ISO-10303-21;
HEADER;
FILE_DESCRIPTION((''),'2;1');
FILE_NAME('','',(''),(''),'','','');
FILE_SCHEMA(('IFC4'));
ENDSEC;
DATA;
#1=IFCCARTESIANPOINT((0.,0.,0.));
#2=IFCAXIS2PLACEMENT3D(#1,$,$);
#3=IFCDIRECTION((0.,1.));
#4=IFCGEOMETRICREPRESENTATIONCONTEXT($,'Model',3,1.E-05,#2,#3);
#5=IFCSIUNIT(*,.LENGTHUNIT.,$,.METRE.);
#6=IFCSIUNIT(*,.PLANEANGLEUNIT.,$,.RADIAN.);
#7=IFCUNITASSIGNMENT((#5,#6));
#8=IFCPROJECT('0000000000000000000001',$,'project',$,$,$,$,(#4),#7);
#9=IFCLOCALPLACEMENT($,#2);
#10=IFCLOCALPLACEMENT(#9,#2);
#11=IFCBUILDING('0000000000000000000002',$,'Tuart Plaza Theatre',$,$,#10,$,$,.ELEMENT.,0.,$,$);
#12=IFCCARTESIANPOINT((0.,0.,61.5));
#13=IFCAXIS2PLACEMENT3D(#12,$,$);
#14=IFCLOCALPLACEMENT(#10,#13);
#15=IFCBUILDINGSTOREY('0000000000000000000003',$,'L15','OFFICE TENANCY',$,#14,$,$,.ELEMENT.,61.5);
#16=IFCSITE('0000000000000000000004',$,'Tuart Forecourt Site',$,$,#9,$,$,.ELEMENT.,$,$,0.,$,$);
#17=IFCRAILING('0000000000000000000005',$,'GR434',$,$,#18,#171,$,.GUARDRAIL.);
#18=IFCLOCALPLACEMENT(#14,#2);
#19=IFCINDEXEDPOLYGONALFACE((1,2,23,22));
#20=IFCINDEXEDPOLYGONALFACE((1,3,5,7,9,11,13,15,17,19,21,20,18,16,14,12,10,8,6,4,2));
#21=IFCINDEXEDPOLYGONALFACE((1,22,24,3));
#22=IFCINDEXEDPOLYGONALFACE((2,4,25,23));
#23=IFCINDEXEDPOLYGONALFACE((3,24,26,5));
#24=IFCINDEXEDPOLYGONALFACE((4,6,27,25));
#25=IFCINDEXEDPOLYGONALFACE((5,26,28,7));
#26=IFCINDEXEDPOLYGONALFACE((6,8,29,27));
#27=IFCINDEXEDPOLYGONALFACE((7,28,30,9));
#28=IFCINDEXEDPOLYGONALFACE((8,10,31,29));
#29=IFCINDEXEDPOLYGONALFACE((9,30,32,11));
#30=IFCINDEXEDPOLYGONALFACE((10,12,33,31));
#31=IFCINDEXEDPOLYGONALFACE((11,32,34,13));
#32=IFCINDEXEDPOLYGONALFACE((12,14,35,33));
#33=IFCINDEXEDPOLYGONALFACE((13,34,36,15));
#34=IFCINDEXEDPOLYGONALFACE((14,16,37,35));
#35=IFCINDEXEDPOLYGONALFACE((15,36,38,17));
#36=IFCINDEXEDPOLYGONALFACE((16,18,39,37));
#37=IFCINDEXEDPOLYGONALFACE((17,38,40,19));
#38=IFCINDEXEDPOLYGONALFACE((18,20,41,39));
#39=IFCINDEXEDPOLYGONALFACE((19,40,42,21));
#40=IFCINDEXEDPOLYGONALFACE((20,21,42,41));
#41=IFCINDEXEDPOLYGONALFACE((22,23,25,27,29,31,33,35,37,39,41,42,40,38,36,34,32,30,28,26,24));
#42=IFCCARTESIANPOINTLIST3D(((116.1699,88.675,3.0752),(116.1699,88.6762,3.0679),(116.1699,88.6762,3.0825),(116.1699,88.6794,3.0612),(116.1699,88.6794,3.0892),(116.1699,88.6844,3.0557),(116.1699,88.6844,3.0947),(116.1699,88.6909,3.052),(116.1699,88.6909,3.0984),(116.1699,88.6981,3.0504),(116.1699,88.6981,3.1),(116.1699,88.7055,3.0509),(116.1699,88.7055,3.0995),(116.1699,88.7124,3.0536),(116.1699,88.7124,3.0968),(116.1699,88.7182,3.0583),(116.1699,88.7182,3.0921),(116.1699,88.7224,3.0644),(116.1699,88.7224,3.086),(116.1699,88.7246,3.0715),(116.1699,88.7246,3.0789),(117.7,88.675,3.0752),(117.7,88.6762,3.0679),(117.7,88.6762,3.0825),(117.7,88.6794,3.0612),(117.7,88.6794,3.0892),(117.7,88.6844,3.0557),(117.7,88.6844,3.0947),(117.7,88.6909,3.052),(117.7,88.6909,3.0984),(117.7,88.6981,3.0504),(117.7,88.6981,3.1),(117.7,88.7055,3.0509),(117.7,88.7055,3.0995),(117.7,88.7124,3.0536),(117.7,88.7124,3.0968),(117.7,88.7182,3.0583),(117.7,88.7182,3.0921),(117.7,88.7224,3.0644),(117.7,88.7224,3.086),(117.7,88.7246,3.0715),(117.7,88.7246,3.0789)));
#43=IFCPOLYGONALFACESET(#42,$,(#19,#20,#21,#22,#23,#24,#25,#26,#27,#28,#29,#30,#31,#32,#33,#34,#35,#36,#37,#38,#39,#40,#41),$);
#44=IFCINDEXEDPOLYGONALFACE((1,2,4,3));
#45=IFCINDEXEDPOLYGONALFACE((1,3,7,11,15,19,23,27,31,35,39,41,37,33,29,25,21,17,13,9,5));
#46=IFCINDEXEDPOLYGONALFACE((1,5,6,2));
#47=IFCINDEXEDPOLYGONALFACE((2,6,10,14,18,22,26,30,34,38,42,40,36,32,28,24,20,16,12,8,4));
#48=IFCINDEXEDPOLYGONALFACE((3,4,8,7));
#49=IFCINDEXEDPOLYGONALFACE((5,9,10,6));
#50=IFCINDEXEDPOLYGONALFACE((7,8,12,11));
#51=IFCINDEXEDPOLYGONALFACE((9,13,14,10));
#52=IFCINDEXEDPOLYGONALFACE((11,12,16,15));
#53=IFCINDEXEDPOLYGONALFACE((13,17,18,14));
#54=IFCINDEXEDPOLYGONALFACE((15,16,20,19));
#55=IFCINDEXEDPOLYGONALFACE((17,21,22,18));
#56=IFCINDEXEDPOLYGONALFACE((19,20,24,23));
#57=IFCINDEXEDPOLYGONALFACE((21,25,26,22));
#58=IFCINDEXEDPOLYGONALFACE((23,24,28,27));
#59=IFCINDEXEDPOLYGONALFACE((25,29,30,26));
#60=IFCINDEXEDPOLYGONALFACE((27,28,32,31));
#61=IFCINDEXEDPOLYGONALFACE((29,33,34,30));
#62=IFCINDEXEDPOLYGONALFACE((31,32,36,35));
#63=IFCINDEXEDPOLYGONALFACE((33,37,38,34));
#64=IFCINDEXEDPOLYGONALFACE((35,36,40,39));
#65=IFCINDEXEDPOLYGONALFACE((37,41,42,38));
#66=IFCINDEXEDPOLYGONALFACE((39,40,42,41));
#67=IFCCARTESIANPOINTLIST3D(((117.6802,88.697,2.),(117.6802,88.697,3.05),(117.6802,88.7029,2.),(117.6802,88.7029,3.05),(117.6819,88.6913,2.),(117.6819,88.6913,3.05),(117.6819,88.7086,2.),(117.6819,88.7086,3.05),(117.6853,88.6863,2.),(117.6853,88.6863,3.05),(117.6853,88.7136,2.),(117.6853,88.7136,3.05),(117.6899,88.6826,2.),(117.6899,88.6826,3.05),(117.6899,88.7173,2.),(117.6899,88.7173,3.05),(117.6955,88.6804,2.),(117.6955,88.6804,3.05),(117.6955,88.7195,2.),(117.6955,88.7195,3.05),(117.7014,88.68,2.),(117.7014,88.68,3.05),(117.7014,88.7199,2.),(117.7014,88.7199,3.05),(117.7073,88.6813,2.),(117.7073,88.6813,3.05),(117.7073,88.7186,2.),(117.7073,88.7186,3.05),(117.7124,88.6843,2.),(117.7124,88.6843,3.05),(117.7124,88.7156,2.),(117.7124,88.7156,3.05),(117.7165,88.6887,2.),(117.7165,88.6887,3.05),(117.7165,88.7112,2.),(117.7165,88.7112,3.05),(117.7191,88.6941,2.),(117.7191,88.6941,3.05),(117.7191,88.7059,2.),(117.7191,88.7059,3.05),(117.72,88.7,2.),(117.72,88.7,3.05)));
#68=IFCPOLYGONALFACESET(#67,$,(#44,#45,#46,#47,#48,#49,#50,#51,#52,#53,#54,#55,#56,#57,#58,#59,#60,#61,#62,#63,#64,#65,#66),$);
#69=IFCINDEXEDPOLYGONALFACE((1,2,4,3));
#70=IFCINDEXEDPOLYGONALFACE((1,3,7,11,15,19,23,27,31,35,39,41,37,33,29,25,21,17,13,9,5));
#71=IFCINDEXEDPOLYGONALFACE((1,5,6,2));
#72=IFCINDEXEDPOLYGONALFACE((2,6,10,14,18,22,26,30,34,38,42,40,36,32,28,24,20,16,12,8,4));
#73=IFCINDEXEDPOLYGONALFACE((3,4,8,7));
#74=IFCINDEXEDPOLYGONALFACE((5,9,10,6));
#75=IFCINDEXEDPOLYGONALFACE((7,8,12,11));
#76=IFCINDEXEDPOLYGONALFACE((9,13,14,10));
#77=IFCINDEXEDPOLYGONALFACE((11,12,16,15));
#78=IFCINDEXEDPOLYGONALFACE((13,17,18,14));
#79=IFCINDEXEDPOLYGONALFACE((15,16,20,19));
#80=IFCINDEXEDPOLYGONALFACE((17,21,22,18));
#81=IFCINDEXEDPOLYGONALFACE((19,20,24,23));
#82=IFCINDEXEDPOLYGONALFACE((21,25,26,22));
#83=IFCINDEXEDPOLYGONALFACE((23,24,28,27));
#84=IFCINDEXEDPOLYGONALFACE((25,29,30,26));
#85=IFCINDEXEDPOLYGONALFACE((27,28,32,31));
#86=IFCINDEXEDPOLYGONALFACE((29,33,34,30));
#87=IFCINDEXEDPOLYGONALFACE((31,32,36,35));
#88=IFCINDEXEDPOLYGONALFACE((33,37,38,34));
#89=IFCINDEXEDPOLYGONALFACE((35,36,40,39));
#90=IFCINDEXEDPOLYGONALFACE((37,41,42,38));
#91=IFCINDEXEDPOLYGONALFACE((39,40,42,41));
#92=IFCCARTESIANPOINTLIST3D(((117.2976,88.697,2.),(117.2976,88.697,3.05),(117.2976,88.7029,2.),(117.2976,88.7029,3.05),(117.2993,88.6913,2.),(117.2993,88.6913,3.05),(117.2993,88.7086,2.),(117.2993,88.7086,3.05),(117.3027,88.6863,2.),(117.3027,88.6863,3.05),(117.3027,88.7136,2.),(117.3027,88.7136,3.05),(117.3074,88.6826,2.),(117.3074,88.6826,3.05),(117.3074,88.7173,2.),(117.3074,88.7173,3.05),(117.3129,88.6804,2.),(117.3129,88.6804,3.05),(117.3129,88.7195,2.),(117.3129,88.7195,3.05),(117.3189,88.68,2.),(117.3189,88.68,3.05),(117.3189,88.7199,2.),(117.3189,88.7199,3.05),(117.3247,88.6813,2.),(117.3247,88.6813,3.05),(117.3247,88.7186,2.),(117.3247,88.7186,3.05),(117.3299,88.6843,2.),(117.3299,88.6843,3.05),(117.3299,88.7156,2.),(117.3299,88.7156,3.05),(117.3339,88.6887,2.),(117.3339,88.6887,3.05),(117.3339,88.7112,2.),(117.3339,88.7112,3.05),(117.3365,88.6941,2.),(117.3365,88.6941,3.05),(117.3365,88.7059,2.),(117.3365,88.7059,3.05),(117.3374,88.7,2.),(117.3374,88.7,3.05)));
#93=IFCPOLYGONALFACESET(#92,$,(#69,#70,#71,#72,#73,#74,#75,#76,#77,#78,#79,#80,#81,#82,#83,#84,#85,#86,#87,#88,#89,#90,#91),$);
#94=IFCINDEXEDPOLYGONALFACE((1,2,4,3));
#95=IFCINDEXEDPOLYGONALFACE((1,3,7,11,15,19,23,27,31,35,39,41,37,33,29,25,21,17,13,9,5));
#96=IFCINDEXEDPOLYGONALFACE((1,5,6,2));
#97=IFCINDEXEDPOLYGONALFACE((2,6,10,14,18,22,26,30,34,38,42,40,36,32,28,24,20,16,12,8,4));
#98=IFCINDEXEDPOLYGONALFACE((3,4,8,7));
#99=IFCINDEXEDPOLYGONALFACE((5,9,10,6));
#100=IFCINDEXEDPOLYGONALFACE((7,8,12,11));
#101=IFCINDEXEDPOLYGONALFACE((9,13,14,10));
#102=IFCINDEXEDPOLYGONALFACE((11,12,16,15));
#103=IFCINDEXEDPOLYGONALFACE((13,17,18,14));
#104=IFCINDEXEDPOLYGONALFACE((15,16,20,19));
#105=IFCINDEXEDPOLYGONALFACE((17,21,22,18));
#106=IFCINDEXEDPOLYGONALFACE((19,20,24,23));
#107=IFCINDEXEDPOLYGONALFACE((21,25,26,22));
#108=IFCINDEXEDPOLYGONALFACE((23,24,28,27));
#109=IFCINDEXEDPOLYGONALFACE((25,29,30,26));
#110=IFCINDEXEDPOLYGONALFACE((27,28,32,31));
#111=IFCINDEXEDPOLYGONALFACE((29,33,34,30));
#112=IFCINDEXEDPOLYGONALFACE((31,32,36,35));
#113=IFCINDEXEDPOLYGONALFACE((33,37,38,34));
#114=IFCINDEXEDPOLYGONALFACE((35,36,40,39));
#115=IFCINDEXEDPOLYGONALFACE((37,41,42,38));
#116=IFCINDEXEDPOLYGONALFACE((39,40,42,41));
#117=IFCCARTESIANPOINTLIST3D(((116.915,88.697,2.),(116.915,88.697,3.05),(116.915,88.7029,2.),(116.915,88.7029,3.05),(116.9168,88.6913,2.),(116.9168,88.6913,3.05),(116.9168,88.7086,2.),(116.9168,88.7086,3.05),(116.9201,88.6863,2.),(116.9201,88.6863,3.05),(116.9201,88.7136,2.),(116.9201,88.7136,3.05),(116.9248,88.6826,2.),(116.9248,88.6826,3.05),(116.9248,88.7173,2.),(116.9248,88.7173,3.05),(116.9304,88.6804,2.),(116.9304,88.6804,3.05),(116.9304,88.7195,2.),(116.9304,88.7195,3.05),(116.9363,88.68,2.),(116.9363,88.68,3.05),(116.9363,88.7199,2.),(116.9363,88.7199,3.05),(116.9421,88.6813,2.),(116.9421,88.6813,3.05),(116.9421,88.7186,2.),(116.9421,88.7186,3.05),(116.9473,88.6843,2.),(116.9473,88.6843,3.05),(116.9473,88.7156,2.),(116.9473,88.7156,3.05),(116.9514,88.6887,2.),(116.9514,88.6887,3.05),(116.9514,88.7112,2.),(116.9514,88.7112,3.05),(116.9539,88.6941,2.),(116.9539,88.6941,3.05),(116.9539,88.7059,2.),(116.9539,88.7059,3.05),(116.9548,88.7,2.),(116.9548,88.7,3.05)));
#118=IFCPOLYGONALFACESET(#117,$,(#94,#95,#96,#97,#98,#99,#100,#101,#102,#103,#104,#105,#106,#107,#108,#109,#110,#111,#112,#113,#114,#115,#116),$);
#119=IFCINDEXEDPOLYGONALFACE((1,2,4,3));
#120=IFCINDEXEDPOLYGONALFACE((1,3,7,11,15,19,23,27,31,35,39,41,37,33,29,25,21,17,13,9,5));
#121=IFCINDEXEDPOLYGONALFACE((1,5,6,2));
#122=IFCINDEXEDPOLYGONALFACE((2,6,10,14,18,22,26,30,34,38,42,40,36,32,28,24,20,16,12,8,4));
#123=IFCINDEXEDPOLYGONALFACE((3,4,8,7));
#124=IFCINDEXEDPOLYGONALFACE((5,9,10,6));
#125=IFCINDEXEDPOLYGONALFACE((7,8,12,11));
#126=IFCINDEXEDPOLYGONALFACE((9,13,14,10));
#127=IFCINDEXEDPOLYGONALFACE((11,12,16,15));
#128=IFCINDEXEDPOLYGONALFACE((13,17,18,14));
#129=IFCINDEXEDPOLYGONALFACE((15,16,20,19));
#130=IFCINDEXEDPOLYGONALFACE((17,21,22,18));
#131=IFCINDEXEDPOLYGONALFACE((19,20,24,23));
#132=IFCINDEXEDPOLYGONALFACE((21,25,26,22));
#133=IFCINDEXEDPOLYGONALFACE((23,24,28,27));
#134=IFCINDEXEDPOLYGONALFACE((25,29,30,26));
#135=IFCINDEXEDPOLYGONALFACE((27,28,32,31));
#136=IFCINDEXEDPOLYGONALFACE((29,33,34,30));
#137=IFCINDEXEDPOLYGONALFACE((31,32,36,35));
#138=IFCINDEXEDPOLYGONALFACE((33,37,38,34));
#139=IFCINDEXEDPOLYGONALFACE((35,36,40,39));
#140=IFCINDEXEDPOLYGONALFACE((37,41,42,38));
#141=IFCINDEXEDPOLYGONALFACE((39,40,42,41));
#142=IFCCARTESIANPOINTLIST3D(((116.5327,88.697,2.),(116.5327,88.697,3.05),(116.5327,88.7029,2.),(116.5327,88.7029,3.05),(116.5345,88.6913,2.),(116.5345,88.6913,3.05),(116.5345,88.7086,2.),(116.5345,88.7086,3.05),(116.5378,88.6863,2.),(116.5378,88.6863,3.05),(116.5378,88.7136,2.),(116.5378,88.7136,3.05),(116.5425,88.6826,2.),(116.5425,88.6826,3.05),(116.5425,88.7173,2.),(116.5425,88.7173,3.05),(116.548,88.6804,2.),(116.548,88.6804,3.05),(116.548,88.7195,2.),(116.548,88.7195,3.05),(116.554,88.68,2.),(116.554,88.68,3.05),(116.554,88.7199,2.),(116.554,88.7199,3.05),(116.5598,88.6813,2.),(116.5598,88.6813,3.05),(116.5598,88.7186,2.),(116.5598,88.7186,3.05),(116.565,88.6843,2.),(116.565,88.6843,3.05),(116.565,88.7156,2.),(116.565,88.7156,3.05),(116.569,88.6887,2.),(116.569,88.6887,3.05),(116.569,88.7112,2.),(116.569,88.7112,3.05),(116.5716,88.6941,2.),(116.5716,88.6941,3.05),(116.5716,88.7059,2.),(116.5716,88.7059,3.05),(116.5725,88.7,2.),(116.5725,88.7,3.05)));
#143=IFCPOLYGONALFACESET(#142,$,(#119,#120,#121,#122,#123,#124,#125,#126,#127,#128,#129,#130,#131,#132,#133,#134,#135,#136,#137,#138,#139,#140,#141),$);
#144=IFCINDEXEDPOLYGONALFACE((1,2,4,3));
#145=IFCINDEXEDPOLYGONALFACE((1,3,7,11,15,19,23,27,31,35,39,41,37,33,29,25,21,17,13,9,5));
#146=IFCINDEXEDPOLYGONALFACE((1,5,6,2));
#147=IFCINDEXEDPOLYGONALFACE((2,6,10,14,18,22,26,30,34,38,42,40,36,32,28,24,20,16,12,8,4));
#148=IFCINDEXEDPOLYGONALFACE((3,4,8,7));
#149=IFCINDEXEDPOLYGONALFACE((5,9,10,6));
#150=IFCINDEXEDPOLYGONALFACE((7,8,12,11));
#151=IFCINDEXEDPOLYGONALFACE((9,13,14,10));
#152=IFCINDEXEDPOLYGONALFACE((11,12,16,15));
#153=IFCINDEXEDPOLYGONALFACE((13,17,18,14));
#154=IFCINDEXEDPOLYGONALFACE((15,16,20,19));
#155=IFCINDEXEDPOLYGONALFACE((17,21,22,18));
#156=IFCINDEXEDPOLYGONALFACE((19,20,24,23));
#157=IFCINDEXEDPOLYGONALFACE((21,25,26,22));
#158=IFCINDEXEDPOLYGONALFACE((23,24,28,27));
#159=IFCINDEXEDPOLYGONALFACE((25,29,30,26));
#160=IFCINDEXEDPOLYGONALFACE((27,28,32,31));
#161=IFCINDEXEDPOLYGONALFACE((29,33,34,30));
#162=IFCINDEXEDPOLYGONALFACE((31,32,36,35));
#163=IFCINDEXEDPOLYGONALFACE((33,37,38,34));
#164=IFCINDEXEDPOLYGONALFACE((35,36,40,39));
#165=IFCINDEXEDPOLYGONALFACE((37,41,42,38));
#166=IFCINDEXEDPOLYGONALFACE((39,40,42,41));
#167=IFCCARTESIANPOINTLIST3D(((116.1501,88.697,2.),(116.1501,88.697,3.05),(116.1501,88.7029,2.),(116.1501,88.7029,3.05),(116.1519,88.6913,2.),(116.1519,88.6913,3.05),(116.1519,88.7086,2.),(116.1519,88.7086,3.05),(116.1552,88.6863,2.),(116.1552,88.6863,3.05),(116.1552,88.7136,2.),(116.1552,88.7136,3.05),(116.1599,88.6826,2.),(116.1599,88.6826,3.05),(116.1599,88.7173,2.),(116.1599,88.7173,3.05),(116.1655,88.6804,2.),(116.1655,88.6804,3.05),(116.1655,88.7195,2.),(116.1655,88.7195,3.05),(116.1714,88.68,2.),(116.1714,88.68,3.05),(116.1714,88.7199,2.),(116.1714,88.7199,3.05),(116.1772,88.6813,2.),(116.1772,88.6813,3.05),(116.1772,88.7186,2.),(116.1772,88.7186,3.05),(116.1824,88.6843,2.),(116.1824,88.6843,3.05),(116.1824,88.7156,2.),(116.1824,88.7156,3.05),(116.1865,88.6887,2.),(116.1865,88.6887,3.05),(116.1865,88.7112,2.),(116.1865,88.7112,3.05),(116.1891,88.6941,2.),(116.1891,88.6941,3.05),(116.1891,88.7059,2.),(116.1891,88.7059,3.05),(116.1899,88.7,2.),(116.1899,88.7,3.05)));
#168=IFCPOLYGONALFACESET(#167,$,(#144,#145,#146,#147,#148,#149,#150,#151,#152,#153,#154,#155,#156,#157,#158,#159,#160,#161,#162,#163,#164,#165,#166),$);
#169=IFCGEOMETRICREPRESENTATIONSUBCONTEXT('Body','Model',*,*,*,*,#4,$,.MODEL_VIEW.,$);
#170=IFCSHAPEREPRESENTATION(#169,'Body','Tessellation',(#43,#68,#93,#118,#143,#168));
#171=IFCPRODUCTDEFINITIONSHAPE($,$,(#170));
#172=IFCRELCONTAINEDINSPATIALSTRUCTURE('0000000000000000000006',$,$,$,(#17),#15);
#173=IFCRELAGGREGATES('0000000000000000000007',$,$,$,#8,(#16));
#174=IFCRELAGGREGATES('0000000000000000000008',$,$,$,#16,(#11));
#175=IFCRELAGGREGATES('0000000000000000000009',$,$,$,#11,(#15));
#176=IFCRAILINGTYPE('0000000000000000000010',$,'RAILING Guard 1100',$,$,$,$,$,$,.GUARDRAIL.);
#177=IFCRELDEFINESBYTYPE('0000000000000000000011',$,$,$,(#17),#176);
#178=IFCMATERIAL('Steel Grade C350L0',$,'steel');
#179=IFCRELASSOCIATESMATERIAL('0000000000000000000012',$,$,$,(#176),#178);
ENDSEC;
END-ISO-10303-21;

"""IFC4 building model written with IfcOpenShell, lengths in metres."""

from ifc_helpers import new_model, si_unit, direction, frame, origin, origin_2d, place, context, subcontext, project, spatial, circle, extrude, material, type_object, element, save


model = new_model("IFC4")

# Units and contexts
model_context = context("Model", 3, precision=1e-05, world=origin(), true_north=direction((0.0, 1.0)))
body_context = subcontext(model_context, "Body", "Model", "MODEL_VIEW")
ifc_project = project(units=[si_unit("LENGTHUNIT", "METRE"), si_unit("PLANEANGLEUNIT", "RADIAN")], contexts=[model_context])

# Site, building, storey
site_placement = place(None, origin())
site = spatial("IfcSite", under=ifc_project, at=site_placement, Name="Tuart Forecourt Site", CompositionType="ELEMENT", RefElevation=0.0)
building_placement = place(site_placement, origin())
building = spatial("IfcBuilding", under=site, at=building_placement, Name="Tuart Plaza Theatre", CompositionType="ELEMENT", ElevationOfRefHeight=0.0)
storey_placement = place(building_placement, frame((0.0, 0.0, 61.5)))
storey = spatial("IfcBuildingStorey", under=building, at=storey_placement, Name="L15", Description="OFFICE TENANCY", CompositionType="ELEMENT", Elevation=61.5)

# Railing
ifc_material_1 = material(Name="Steel Grade C350L0", Category="steel")
railing_type_1 = type_object("IfcRailingType", Name="RAILING Guard 1100", PredefinedType="GUARDRAIL", material=ifc_material_1)
railing_1_placement = place(storey_placement, frame((117.7, 88.7, 2.0)))
element("IfcRailing", 1, at=railing_1_placement, inside=storey, type_object=railing_type_1, Name="GR434", PredefinedType="GUARDRAIL", context=body_context, shape_type="SweptSolid", body=[
    extrude(circle(Radius=0.0249, at=origin_2d()), frame((0.0, 0.0, 1.0752), z_axis=(-1.0, 0.0, 0.0), x_axis=(0.0, -1.0, 0.0)), (0.0, 0.0, 1.0), 1.53),
    extrude(circle(Radius=0.02, at=origin_2d()), origin(), (0.0, 0.0, 1.0), 1.05),
    extrude(circle(Radius=0.02, at=origin_2d()), frame((-0.3826, 0.0, 0.0)), (0.0, 0.0, 1.0), 1.05),
    extrude(circle(Radius=0.02, at=origin_2d()), frame((-0.7651, 0.0, 0.0)), (0.0, 0.0, 1.0), 1.05),
    extrude(circle(Radius=0.02, at=origin_2d()), frame((-1.1475, 0.0, 0.0)), (0.0, 0.0, 1.0), 1.05),
    extrude(circle(Radius=0.02, at=origin_2d()), frame((-1.53, 0.0, 0.0)), (0.0, 0.0, 1.0), 1.05),
])

save(model, "model.ifc")
